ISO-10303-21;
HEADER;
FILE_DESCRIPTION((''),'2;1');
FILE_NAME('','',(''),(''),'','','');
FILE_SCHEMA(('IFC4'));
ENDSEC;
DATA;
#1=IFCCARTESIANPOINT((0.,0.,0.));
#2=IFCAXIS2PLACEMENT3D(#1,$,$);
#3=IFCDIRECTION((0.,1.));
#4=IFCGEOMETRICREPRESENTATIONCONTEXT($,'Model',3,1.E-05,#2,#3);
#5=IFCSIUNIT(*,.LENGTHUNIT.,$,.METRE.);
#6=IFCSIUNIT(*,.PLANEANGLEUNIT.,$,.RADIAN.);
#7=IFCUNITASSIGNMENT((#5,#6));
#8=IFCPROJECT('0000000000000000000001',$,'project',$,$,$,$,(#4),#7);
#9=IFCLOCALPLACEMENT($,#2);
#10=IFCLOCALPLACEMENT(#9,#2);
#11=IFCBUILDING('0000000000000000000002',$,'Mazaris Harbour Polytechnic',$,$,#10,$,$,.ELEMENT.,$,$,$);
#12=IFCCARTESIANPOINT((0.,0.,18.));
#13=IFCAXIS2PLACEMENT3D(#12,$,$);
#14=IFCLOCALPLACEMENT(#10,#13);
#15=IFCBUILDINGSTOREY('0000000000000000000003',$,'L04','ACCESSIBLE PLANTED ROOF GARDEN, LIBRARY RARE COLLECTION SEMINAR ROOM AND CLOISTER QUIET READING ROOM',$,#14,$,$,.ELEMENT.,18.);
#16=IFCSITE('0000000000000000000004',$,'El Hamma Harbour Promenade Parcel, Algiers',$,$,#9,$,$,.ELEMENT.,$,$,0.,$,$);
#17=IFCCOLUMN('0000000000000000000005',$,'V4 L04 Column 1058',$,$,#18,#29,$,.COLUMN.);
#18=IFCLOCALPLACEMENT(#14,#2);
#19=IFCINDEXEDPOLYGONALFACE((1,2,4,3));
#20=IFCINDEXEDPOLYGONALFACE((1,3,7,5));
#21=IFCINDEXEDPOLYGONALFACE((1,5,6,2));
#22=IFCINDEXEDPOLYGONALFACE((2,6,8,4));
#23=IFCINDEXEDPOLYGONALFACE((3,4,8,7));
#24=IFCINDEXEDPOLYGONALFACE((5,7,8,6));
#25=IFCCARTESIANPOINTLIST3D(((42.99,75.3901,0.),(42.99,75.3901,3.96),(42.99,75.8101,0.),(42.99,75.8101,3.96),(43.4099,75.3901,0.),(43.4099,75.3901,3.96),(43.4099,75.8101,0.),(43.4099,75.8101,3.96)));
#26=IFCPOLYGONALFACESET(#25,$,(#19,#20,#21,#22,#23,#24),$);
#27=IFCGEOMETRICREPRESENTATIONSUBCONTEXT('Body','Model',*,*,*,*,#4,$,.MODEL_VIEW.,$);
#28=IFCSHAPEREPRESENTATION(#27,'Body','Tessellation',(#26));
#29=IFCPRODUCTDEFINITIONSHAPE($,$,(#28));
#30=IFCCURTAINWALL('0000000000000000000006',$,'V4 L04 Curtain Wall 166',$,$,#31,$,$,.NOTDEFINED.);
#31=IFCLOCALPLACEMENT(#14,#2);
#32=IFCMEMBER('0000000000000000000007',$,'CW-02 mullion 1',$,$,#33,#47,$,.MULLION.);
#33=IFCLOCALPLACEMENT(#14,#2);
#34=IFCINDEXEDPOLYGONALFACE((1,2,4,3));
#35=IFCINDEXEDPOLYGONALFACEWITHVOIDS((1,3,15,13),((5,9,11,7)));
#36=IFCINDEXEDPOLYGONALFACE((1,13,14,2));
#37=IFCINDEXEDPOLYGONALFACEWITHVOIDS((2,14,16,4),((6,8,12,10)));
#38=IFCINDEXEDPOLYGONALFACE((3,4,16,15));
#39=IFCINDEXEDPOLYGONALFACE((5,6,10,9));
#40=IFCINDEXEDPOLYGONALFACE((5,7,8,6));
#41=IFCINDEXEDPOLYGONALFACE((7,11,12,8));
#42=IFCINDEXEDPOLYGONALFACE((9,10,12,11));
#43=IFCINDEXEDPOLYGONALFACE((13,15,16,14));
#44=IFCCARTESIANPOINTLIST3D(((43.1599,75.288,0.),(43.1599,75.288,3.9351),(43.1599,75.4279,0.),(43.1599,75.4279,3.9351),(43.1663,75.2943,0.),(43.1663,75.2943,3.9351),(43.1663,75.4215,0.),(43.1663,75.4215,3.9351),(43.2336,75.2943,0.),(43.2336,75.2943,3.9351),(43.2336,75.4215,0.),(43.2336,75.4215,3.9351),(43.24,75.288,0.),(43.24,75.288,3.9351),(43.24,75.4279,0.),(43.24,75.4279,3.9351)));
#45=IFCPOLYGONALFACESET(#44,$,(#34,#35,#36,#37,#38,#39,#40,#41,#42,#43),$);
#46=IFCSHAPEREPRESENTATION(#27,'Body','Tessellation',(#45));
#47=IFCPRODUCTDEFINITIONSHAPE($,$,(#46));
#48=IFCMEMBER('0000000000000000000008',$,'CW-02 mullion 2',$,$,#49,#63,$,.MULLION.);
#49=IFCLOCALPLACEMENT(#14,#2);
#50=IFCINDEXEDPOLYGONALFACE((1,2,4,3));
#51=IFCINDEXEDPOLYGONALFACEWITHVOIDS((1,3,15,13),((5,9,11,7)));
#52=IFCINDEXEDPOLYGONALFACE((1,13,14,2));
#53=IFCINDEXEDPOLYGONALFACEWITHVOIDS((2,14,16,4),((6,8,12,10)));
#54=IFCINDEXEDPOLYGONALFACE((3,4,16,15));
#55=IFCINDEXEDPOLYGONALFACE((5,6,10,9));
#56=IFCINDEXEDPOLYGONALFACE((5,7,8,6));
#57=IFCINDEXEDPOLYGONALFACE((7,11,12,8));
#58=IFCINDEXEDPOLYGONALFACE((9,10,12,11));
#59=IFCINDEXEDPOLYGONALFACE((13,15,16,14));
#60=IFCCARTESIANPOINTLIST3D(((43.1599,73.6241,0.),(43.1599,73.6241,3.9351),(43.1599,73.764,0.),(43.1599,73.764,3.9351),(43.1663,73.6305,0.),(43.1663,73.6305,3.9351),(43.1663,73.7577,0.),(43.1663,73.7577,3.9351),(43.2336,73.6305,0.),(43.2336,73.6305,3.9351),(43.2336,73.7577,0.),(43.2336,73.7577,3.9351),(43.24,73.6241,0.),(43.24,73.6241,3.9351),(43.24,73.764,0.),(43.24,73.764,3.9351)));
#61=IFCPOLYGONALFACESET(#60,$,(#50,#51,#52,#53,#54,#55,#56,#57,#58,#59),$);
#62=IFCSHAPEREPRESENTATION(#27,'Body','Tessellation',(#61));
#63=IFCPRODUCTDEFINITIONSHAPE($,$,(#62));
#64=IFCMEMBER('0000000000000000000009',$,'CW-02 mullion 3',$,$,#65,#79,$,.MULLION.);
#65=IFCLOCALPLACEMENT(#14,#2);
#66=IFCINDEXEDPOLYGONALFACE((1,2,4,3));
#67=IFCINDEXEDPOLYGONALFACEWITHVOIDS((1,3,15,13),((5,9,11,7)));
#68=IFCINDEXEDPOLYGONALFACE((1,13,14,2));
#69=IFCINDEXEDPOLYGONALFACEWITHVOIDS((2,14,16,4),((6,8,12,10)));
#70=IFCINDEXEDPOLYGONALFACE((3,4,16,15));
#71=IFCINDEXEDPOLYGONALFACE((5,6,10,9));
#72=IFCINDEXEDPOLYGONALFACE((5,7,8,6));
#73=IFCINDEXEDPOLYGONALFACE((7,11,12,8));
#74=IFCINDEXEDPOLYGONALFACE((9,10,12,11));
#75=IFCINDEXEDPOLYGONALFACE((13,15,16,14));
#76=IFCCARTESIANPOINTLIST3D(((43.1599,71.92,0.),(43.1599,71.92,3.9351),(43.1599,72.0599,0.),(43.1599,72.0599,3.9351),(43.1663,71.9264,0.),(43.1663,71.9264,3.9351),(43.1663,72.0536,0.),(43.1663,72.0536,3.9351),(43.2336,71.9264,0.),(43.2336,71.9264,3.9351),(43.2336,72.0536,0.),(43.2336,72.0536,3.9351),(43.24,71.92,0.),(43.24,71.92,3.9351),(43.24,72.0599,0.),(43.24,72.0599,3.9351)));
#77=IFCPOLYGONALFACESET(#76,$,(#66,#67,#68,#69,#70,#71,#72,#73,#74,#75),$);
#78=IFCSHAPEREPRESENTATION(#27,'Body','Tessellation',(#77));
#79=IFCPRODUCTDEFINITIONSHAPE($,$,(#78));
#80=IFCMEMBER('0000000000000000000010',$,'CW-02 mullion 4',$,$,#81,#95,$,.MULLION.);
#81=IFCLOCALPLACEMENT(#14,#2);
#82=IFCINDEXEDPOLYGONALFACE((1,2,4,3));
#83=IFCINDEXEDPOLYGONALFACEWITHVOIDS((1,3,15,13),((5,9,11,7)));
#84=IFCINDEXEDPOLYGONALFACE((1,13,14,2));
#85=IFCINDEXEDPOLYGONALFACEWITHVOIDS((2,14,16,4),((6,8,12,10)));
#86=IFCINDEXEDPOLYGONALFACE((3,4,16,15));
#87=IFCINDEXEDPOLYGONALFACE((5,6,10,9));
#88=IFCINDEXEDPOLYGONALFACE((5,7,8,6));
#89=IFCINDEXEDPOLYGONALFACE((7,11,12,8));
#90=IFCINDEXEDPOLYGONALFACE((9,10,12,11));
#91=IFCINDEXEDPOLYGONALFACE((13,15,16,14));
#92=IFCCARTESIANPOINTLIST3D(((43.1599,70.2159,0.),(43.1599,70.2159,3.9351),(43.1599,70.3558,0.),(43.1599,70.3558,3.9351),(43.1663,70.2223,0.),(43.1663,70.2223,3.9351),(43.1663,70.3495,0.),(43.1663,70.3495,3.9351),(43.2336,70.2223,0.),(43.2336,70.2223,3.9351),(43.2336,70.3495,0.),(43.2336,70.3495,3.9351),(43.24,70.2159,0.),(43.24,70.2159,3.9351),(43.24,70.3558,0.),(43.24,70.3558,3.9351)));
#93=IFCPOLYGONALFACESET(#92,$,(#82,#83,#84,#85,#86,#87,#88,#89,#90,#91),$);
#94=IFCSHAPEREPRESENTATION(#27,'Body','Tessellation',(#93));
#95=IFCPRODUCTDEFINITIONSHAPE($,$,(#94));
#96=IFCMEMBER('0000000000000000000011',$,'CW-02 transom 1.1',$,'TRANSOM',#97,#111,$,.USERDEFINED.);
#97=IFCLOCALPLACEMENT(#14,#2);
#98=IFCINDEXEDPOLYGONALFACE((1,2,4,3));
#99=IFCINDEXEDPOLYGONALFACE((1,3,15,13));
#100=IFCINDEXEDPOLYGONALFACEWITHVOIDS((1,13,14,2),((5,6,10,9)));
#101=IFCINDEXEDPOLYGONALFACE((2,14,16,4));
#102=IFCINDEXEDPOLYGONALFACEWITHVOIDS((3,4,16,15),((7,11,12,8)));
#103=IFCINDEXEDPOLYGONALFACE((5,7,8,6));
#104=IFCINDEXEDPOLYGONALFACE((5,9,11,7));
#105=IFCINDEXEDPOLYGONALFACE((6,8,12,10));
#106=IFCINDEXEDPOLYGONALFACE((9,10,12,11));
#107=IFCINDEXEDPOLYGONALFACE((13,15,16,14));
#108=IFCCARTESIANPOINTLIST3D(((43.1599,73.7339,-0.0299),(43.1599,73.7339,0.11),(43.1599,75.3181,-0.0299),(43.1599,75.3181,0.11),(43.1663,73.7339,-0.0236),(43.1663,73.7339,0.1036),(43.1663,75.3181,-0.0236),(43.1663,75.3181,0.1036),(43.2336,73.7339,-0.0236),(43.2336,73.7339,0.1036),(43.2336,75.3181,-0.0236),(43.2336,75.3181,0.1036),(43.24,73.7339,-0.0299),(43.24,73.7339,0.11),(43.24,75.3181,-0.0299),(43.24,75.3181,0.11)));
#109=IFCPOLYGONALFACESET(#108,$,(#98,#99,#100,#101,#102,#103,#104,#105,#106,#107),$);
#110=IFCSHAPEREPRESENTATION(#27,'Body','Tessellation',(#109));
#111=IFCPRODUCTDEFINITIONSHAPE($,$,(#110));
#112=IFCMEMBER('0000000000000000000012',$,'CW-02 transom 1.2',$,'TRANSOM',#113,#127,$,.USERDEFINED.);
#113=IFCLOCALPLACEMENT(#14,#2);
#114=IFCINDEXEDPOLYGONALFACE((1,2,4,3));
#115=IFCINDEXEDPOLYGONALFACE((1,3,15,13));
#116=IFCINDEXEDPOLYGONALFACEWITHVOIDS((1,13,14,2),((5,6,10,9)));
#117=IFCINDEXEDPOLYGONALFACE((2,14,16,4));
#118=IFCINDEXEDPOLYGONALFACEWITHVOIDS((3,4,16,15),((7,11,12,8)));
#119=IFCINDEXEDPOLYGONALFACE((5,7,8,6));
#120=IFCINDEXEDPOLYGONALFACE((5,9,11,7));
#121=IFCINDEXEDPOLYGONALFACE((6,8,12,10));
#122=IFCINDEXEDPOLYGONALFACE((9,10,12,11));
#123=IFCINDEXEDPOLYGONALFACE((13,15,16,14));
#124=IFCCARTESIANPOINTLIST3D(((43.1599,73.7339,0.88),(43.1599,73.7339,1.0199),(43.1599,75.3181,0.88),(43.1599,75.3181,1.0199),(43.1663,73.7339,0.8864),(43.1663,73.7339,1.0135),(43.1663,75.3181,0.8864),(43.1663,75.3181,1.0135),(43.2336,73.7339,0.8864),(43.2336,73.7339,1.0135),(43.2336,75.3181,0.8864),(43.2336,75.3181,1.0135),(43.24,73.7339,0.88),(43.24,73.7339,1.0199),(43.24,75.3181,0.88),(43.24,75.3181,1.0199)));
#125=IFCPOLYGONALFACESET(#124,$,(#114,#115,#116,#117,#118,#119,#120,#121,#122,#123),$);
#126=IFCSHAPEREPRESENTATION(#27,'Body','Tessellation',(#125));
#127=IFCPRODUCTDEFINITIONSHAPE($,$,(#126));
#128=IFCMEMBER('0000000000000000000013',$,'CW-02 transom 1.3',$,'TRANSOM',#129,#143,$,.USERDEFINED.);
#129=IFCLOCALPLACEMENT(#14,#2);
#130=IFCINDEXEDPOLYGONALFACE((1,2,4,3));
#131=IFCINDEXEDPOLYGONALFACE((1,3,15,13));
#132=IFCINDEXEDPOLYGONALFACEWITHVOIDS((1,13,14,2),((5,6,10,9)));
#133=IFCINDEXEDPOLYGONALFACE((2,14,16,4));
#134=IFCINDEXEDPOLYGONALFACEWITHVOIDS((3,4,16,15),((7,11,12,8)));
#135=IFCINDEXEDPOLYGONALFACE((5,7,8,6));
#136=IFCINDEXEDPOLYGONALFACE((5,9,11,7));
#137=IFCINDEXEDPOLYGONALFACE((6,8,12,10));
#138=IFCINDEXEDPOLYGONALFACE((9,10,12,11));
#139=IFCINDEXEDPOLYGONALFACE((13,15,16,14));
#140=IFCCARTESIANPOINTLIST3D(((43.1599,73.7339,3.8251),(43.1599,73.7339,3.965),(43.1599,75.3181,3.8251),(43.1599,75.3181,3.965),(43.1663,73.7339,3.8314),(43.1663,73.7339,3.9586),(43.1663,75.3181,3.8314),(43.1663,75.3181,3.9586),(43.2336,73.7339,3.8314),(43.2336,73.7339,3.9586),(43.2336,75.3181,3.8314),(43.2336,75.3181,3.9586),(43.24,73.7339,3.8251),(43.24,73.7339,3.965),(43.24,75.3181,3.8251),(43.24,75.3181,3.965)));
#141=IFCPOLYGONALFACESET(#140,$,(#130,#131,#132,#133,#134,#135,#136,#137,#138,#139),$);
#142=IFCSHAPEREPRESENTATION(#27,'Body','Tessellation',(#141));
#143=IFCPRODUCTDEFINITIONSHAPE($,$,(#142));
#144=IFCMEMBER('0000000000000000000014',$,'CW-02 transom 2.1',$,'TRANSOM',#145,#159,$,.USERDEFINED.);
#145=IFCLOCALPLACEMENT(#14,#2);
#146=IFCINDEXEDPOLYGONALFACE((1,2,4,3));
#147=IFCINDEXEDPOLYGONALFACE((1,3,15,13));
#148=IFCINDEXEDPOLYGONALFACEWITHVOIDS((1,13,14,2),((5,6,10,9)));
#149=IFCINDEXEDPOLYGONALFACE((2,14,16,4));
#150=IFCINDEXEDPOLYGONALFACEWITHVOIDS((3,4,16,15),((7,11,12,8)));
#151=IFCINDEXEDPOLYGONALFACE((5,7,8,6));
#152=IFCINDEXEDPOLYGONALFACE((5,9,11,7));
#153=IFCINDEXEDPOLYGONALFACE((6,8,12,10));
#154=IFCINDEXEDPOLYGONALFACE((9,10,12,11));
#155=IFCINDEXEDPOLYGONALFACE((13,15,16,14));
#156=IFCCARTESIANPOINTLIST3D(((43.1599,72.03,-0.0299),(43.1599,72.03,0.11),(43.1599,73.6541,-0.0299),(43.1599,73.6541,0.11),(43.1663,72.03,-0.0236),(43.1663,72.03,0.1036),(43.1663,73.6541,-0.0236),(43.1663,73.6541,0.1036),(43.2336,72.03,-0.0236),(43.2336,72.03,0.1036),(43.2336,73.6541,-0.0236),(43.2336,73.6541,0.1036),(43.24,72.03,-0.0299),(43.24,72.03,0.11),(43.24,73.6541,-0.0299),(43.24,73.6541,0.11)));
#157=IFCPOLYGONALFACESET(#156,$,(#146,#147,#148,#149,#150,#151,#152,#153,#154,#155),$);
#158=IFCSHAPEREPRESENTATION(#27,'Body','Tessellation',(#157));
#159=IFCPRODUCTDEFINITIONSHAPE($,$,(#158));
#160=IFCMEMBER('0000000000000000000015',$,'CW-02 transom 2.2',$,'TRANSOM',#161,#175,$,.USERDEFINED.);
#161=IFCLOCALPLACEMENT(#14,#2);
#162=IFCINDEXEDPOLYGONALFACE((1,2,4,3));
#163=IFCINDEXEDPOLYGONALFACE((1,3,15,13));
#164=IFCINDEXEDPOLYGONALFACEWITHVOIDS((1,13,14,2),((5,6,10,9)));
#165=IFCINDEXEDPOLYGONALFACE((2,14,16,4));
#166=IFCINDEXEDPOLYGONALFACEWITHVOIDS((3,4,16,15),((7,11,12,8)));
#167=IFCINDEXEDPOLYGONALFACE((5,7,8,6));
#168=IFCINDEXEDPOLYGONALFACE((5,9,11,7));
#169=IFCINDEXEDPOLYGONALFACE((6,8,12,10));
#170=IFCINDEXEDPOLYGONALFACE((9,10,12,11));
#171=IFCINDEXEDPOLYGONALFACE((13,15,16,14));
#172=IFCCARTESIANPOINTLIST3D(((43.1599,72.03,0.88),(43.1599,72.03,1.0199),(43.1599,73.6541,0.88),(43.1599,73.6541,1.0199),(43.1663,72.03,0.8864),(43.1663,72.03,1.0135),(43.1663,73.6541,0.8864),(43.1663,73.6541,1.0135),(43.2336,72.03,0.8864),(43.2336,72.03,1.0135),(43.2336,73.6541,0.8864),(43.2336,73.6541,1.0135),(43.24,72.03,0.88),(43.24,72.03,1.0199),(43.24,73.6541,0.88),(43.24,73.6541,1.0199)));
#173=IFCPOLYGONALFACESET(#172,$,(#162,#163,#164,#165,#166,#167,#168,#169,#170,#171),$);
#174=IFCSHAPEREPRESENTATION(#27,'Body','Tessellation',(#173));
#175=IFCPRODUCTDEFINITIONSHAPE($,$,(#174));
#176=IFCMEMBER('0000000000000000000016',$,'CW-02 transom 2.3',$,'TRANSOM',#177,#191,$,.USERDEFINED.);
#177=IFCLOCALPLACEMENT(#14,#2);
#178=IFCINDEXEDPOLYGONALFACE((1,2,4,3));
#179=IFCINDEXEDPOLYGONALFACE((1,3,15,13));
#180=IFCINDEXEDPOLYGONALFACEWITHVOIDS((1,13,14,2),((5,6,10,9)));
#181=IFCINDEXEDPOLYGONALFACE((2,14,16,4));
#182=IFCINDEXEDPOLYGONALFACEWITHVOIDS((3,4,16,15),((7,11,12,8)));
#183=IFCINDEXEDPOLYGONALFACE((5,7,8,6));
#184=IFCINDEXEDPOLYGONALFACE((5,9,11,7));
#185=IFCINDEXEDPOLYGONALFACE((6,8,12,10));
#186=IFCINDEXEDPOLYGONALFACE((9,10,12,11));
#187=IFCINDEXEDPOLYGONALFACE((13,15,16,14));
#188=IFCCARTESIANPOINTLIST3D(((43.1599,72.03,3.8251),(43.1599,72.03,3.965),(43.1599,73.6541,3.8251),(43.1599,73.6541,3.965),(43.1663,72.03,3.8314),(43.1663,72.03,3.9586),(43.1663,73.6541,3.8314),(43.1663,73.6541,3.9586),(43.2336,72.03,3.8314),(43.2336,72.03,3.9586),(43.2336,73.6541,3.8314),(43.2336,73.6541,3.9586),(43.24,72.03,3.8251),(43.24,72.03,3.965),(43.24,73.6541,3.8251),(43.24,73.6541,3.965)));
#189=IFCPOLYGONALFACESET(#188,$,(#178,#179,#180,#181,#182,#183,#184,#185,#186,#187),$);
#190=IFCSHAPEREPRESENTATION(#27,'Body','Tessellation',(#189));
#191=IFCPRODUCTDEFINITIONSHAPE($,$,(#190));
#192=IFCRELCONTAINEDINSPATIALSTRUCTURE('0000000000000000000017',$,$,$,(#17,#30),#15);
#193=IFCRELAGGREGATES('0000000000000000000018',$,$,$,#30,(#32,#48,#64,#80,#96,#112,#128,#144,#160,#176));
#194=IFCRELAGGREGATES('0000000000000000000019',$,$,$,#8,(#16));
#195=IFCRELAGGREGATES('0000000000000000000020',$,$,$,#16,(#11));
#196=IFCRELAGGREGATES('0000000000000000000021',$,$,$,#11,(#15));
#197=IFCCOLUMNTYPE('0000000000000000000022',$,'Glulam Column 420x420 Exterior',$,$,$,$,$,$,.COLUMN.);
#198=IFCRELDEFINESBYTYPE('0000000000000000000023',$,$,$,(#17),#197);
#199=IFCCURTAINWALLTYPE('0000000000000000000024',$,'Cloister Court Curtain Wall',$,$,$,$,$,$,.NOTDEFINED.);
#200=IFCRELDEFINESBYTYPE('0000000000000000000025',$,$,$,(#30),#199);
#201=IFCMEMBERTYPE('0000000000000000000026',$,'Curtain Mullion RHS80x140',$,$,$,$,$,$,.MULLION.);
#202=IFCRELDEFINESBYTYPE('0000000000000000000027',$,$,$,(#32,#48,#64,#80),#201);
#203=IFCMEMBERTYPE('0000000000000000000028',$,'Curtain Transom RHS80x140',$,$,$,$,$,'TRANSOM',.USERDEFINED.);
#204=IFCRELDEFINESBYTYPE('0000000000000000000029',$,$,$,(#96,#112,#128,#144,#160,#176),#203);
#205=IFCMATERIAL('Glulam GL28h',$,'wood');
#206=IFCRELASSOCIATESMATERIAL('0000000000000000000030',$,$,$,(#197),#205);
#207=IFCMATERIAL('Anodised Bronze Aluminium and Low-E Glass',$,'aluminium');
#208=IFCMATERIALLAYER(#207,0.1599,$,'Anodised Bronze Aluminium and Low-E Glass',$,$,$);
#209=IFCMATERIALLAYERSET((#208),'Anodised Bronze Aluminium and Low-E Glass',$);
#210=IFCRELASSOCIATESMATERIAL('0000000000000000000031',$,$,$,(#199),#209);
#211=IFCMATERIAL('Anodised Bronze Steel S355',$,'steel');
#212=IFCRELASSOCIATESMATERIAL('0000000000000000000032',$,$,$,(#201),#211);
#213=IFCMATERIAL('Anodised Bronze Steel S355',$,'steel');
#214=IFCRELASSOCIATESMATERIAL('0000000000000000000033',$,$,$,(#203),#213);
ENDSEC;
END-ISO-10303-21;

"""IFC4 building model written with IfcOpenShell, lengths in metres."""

from ifc_helpers import new_model, si_unit, direction, frame, origin, origin_2d, place, context, subcontext, project, spatial, rectangle, hollow_rectangle, extrude, material, layer, layer_set, material_profile, profile_set, type_object, element, aggregate, save


model = new_model("IFC4")

# Units and contexts
model_context = context("Model", 3, precision=1e-05, world=origin(), true_north=direction((0.0, 1.0)))
body_context = subcontext(model_context, "Body", "Model", "MODEL_VIEW")
ifc_project = project(units=[si_unit("LENGTHUNIT", "METRE"), si_unit("PLANEANGLEUNIT", "RADIAN")], contexts=[model_context])

# Site, building, storey
site_placement = place(None, origin())
site = spatial("IfcSite", under=ifc_project, at=site_placement, Name="El Hamma Harbour Promenade Parcel, Algiers", CompositionType="ELEMENT", RefElevation=0.0)
building_placement = place(site_placement, origin())
building = spatial("IfcBuilding", under=site, at=building_placement, Name="Mazaris Harbour Polytechnic", CompositionType="ELEMENT")
storey_placement = place(building_placement, frame((0.0, 0.0, 18.0)))
storey = spatial("IfcBuildingStorey", under=building, at=storey_placement, Name="L04", Description="ACCESSIBLE PLANTED ROOF GARDEN, LIBRARY RARE COLLECTION SEMINAR ROOM AND CLOISTER QUIET READING ROOM", CompositionType="ELEMENT", Elevation=18.0)

# Column
ifc_material_1 = material(Name="Glulam GL28h", Category="wood")
ifc_material_profile_1 = material_profile(ifc_material_1, rectangle(XDim=0.4199, YDim=0.4199, at=origin_2d()), Name="RECT420x420")
ifc_profile_set_1 = profile_set([ifc_material_profile_1], Name="Glulam GL28h")
column_type = type_object("IfcColumnType", Name="Glulam Column 420x420 Exterior", PredefinedType="COLUMN", material=ifc_profile_set_1)
column_placement = place(storey_placement, frame((43.2, 75.6001, 0.0), z_axis=(0.0, 0.0, 1.0), x_axis=(1.0, 0.0, 0.0)))
element("IfcColumn", 1, at=column_placement, inside=storey, type_object=column_type, Name="V4 L04 Column 1058", PredefinedType="COLUMN", context=body_context, shape_type="SweptSolid", body=[
    extrude(rectangle(XDim=0.4199, YDim=0.4199, at=origin_2d()), origin(), (0.0, 0.0, 1.0), 3.96),
])

# Curtain wall, members
ifc_material_2 = material(Name="Anodised Bronze Aluminium and Low-E Glass", Category="aluminium")
ifc_layer_1 = layer(ifc_material_2, 0.1599, Name="Anodised Bronze Aluminium and Low-E Glass")
ifc_layer_set_1 = layer_set([ifc_layer_1], Name="Anodised Bronze Aluminium and Low-E Glass")
curtain_wall_type = type_object("IfcCurtainWallType", Name="Cloister Court Curtain Wall", PredefinedType="NOTDEFINED", material=ifc_layer_set_1)
curtain_wall_placement = place(storey_placement, origin())
curtain_wall = element("IfcCurtainWall", 2, at=curtain_wall_placement, inside=storey, type_object=curtain_wall_type, Name="V4 L04 Curtain Wall 166", PredefinedType="NOTDEFINED")
ifc_material_3 = material(Name="Anodised Bronze Steel S355", Category="steel")
ifc_material_profile_2 = material_profile(ifc_material_3, hollow_rectangle(XDim=0.0801, YDim=0.1399, WallThickness=0.0063, at=origin_2d()), Name="RHS 80x140x6.3")
ifc_profile_set_2 = profile_set([ifc_material_profile_2], Name="Anodised Bronze Steel S355")
member_type_1 = type_object("IfcMemberType", Name="Curtain Mullion RHS80x140", PredefinedType="MULLION", material=ifc_profile_set_2)
member_1_placement = place(storey_placement, frame((43.2, 75.3579, 0.0), z_axis=(0.0, 0.0, 1.0), x_axis=(1.0, 0.0, 0.0)))
member_1 = element("IfcMember", 3, at=member_1_placement, type_object=member_type_1, Name="CW-02 mullion 1", PredefinedType="MULLION", context=body_context, shape_type="SweptSolid", body=[
    extrude(hollow_rectangle(XDim=0.0801, YDim=0.1399, WallThickness=0.0063, at=origin_2d()), origin(), (0.0, 0.0, 1.0), 3.9351),
])
member_2_placement = place(storey_placement, frame((43.2, 73.6941, 0.0), z_axis=(0.0, 0.0, 1.0), x_axis=(1.0, 0.0, 0.0)))
member_2 = element("IfcMember", 4, at=member_2_placement, type_object=member_type_1, Name="CW-02 mullion 2", PredefinedType="MULLION", context=body_context, shape_type="SweptSolid", body=[
    extrude(hollow_rectangle(XDim=0.0801, YDim=0.1399, WallThickness=0.0063, at=origin_2d()), origin(), (0.0, 0.0, 1.0), 3.9351),
])
member_3_placement = place(storey_placement, frame((43.2, 71.99, 0.0), z_axis=(0.0, 0.0, 1.0), x_axis=(1.0, 0.0, 0.0)))
member_3 = element("IfcMember", 5, at=member_3_placement, type_object=member_type_1, Name="CW-02 mullion 3", PredefinedType="MULLION", context=body_context, shape_type="SweptSolid", body=[
    extrude(hollow_rectangle(XDim=0.0801, YDim=0.1399, WallThickness=0.0063, at=origin_2d()), origin(), (0.0, 0.0, 1.0), 3.9351),
])
member_4_placement = place(storey_placement, frame((43.2, 70.2859, 0.0), z_axis=(0.0, 0.0, 1.0), x_axis=(1.0, 0.0, 0.0)))
member_4 = element("IfcMember", 6, at=member_4_placement, type_object=member_type_1, Name="CW-02 mullion 4", PredefinedType="MULLION", context=body_context, shape_type="SweptSolid", body=[
    extrude(hollow_rectangle(XDim=0.0801, YDim=0.1399, WallThickness=0.0063, at=origin_2d()), origin(), (0.0, 0.0, 1.0), 3.9351),
])
ifc_material_4 = material(Name="Anodised Bronze Steel S355", Category="steel")
ifc_material_profile_3 = material_profile(ifc_material_4, hollow_rectangle(XDim=0.0801, YDim=0.1399, WallThickness=0.0063, at=origin_2d()), Name="RHS 80x140x6.3")
ifc_profile_set_3 = profile_set([ifc_material_profile_3], Name="Anodised Bronze Steel S355")
member_type_2 = type_object("IfcMemberType", Name="Curtain Transom RHS80x140", ElementType="TRANSOM", PredefinedType="USERDEFINED", material=ifc_profile_set_3)
member_5_placement = place(storey_placement, frame((43.2, 75.3181, 0.04), z_axis=(0.0, -1.0, 0.0), x_axis=(1.0, 0.0, 0.0)))
member_5 = element("IfcMember", 7, at=member_5_placement, type_object=member_type_2, Name="CW-02 transom 1.1", ObjectType="TRANSOM", PredefinedType="USERDEFINED", context=body_context, shape_type="SweptSolid", body=[
    extrude(hollow_rectangle(XDim=0.0801, YDim=0.1399, WallThickness=0.0063, at=origin_2d()), origin(), (0.0, 0.0, 1.0), 1.5842),
])
member_6_placement = place(storey_placement, frame((43.2, 75.3181, 0.95), z_axis=(0.0, -1.0, 0.0), x_axis=(1.0, 0.0, 0.0)))
member_6 = element("IfcMember", 8, at=member_6_placement, type_object=member_type_2, Name="CW-02 transom 1.2", ObjectType="TRANSOM", PredefinedType="USERDEFINED", context=body_context, shape_type="SweptSolid", body=[
    extrude(hollow_rectangle(XDim=0.0801, YDim=0.1399, WallThickness=0.0063, at=origin_2d()), origin(), (0.0, 0.0, 1.0), 1.5842),
])
member_7_placement = place(storey_placement, frame((43.2, 75.3181, 3.895), z_axis=(0.0, -1.0, 0.0), x_axis=(1.0, 0.0, 0.0)))
member_7 = element("IfcMember", 9, at=member_7_placement, type_object=member_type_2, Name="CW-02 transom 1.3", ObjectType="TRANSOM", PredefinedType="USERDEFINED", context=body_context, shape_type="SweptSolid", body=[
    extrude(hollow_rectangle(XDim=0.0801, YDim=0.1399, WallThickness=0.0063, at=origin_2d()), origin(), (0.0, 0.0, 1.0), 1.5842),
])
member_8_placement = place(storey_placement, frame((43.2, 73.6541, 0.04), z_axis=(0.0, -1.0, 0.0), x_axis=(1.0, 0.0, 0.0)))
member_8 = element("IfcMember", 10, at=member_8_placement, type_object=member_type_2, Name="CW-02 transom 2.1", ObjectType="TRANSOM", PredefinedType="USERDEFINED", context=body_context, shape_type="SweptSolid", body=[
    extrude(hollow_rectangle(XDim=0.0801, YDim=0.1399, WallThickness=0.0063, at=origin_2d()), origin(), (0.0, 0.0, 1.0), 1.624),
])
member_9_placement = place(storey_placement, frame((43.2, 73.6541, 0.95), z_axis=(0.0, -1.0, 0.0), x_axis=(1.0, 0.0, 0.0)))
member_9 = element("IfcMember", 11, at=member_9_placement, type_object=member_type_2, Name="CW-02 transom 2.2", ObjectType="TRANSOM", PredefinedType="USERDEFINED", context=body_context, shape_type="SweptSolid", body=[
    extrude(hollow_rectangle(XDim=0.0801, YDim=0.1399, WallThickness=0.0063, at=origin_2d()), origin(), (0.0, 0.0, 1.0), 1.624),
])
member_10_placement = place(storey_placement, frame((43.2, 73.6541, 3.895), z_axis=(0.0, -1.0, 0.0), x_axis=(1.0, 0.0, 0.0)))
member_10 = element("IfcMember", 12, at=member_10_placement, type_object=member_type_2, Name="CW-02 transom 2.3", ObjectType="TRANSOM", PredefinedType="USERDEFINED", context=body_context, shape_type="SweptSolid", body=[
    extrude(hollow_rectangle(XDim=0.0801, YDim=0.1399, WallThickness=0.0063, at=origin_2d()), origin(), (0.0, 0.0, 1.0), 1.624),
])
aggregate(curtain_wall, [member_1, member_2, member_3, member_4, member_5, member_6, member_7, member_8, member_9, member_10])

save(model, "model.ifc")
